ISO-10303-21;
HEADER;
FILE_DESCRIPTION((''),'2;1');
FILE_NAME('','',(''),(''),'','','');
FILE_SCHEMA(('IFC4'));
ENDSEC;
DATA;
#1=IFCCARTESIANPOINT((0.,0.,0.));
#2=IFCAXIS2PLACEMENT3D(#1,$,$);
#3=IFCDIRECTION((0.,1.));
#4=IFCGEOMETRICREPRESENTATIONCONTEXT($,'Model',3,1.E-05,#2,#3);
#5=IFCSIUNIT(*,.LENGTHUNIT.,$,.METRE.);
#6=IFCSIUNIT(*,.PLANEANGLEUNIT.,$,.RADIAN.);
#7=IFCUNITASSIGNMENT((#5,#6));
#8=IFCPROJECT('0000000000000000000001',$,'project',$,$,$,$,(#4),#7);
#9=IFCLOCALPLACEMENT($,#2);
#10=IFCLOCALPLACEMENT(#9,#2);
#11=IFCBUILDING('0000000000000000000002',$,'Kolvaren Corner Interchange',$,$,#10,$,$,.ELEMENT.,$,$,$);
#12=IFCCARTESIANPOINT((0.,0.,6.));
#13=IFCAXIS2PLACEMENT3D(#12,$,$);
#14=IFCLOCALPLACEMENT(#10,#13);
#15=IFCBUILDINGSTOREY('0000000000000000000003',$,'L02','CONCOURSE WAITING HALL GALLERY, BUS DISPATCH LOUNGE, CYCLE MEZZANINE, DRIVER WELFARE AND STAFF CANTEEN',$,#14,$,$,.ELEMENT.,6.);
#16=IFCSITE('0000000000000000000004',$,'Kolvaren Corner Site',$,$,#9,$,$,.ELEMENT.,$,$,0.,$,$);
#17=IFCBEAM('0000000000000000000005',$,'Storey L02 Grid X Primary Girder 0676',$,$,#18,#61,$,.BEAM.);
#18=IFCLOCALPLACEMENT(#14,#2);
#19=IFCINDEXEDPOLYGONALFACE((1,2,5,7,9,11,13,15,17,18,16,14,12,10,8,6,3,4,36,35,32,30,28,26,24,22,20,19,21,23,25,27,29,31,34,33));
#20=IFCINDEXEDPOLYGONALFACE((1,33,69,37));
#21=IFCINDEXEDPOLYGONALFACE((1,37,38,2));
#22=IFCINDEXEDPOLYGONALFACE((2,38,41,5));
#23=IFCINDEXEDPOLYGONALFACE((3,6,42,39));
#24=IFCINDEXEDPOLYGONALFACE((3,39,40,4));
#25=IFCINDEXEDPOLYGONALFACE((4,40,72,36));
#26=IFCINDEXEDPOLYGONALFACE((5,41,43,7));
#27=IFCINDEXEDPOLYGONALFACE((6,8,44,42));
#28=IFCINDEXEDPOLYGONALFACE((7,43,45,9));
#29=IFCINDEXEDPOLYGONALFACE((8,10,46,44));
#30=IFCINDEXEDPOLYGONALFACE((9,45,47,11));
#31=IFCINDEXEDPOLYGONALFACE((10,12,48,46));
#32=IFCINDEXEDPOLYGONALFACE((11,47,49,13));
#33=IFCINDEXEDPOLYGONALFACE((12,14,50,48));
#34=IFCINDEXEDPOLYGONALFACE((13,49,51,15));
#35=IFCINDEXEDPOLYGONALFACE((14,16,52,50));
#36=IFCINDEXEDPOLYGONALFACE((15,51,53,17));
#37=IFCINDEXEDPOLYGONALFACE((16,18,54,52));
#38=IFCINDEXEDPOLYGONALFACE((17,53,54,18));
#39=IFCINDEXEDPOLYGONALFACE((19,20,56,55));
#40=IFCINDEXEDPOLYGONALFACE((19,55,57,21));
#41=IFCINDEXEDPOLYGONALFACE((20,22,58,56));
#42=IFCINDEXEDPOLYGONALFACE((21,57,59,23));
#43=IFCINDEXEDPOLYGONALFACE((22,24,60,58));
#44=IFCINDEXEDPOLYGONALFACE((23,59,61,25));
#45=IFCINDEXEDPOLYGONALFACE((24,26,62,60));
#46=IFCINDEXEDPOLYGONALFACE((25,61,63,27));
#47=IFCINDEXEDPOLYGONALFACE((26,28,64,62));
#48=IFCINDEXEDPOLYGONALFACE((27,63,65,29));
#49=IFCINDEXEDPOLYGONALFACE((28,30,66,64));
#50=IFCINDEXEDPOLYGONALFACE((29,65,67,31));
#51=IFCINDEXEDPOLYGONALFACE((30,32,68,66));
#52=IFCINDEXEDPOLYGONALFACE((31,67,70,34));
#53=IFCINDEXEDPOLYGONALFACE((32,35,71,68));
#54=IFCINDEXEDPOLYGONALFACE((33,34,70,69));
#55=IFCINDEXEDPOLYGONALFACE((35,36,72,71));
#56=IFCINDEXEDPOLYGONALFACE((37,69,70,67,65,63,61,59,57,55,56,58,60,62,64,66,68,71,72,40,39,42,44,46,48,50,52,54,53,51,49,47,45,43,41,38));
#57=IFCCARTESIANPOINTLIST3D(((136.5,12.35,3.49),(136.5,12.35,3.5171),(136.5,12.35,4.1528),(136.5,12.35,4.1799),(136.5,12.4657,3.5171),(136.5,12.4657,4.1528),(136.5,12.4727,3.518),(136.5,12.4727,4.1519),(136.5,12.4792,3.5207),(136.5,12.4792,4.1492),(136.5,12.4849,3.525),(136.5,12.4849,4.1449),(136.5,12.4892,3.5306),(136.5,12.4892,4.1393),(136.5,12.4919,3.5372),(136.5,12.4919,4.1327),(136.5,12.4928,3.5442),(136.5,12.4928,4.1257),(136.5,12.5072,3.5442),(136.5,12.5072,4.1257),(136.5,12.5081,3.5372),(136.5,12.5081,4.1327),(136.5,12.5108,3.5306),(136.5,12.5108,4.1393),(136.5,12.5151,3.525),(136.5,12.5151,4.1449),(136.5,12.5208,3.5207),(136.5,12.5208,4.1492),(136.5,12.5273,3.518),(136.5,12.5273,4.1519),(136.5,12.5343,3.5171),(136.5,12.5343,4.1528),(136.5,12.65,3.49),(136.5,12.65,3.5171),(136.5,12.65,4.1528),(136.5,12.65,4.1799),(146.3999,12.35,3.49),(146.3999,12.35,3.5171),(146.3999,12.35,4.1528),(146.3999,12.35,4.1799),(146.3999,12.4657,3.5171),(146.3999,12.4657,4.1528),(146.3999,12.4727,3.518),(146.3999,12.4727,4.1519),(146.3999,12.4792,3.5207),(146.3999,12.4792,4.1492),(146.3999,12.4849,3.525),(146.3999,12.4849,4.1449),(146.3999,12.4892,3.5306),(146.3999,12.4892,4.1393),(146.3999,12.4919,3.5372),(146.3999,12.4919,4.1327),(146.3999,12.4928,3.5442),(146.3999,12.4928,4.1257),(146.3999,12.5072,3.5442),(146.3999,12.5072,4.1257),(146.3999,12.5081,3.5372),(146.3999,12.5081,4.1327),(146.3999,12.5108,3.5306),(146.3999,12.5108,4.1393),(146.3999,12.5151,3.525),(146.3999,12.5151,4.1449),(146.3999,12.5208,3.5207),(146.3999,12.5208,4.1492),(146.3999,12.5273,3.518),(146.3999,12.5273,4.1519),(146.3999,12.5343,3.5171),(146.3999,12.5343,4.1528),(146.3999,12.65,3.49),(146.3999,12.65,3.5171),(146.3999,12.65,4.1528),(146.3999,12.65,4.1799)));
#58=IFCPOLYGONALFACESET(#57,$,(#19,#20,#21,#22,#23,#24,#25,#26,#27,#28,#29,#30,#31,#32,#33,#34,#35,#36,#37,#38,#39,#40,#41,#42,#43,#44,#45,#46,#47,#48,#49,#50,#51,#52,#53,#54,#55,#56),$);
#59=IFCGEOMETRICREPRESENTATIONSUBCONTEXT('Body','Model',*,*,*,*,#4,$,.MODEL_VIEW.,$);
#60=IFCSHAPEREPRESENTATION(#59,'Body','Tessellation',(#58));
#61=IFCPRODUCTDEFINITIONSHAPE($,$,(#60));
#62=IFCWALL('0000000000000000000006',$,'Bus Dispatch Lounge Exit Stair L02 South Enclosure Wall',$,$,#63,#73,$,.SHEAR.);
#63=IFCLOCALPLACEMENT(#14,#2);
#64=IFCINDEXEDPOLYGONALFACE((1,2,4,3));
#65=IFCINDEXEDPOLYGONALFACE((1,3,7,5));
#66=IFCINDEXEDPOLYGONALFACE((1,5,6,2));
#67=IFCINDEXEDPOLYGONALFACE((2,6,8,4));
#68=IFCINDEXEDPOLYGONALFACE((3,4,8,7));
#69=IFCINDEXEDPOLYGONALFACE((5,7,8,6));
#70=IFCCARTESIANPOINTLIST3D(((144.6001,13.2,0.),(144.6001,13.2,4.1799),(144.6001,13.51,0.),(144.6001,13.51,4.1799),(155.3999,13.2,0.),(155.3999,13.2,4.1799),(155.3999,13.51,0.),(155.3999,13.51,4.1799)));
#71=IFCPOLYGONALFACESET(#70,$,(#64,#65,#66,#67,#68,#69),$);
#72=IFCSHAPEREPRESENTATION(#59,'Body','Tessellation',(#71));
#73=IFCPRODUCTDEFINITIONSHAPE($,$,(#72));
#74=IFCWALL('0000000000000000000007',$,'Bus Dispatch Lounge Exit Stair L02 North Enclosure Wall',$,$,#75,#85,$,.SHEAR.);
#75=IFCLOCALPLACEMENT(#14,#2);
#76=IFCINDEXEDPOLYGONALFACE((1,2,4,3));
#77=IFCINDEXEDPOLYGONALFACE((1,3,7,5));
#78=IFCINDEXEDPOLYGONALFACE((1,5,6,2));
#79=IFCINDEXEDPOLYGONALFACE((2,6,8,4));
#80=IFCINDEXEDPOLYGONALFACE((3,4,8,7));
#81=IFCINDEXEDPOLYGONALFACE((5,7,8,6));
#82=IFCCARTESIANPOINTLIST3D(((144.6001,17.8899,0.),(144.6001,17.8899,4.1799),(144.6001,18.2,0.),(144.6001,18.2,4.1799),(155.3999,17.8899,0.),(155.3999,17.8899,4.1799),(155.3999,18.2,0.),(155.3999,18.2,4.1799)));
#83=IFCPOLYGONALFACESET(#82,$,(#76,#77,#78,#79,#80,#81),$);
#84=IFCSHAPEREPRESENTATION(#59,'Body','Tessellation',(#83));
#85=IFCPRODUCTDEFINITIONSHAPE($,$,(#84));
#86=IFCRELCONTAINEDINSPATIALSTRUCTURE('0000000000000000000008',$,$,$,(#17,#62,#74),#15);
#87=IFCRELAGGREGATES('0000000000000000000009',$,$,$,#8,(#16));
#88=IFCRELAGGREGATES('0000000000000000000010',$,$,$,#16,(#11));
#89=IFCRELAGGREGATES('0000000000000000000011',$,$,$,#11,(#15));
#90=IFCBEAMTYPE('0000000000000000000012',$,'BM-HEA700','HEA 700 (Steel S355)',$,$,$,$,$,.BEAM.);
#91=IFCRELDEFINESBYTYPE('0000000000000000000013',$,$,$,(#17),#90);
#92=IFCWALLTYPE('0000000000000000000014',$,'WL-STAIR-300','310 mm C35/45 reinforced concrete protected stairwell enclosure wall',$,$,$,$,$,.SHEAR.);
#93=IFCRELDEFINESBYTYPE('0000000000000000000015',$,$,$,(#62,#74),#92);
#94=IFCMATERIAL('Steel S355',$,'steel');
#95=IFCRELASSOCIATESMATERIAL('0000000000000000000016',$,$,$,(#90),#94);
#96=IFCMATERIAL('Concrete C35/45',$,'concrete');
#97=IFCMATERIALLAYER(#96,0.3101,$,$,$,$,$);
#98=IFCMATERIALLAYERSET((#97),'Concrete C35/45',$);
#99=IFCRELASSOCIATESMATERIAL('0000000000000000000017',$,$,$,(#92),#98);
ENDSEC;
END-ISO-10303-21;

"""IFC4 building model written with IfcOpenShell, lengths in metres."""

from ifc_helpers import new_model, si_unit, direction, frame, frame_2d, origin, origin_2d, place, context, subcontext, project, spatial, rectangle, i_section, extrude, material, layer, layer_set, material_profile, profile_set, type_object, element, save


model = new_model("IFC4")

# Units and contexts
model_context = context("Model", 3, precision=1e-05, world=origin(), true_north=direction((0.0, 1.0)))
body_context = subcontext(model_context, "Body", "Model", "MODEL_VIEW")
ifc_project = project(units=[si_unit("LENGTHUNIT", "METRE"), si_unit("PLANEANGLEUNIT", "RADIAN")], contexts=[model_context])

# Site, building, storey
site_placement = place(None, origin())
site = spatial("IfcSite", under=ifc_project, at=site_placement, Name="Kolvaren Corner Site", CompositionType="ELEMENT", RefElevation=0.0)
building_placement = place(site_placement, origin())
building = spatial("IfcBuilding", under=site, at=building_placement, Name="Kolvaren Corner Interchange", CompositionType="ELEMENT")
storey_placement = place(building_placement, frame((0.0, 0.0, 6.0)))
storey = spatial("IfcBuildingStorey", under=building, at=storey_placement, Name="L02", Description="CONCOURSE WAITING HALL GALLERY, BUS DISPATCH LOUNGE, CYCLE MEZZANINE, DRIVER WELFARE AND STAFF CANTEEN", CompositionType="ELEMENT", Elevation=6.0)

# Beam
ifc_material_1 = material(Name="Steel S355", Category="steel")
ifc_material_profile_1 = material_profile(ifc_material_1, i_section(OverallWidth=0.3, OverallDepth=0.6899, WebThickness=0.0144, FlangeThickness=0.0271, FilletRadius=0.0271, at=origin_2d()), Name="HEA 700")
ifc_profile_set_1 = profile_set([ifc_material_profile_1], Name="Steel S355")
beam_type_1 = type_object("IfcBeamType", Name="BM-HEA700", Description="HEA 700 (Steel S355)", PredefinedType="BEAM", material=ifc_profile_set_1)
beam_1_placement = place(storey_placement, frame((136.5, 12.5, 3.835), z_axis=(1.0, 0.0, 0.0), x_axis=(0.0, 1.0, 0.0)))
element("IfcBeam", 1, at=beam_1_placement, inside=storey, type_object=beam_type_1, Name="Storey L02 Grid X Primary Girder 0676", PredefinedType="BEAM", context=body_context, shape_type="SweptSolid", body=[
    extrude(i_section(OverallWidth=0.3, OverallDepth=0.6899, WebThickness=0.0144, FlangeThickness=0.0271, FilletRadius=0.0271, at=origin_2d()), origin(), (0.0, 0.0, 1.0), 9.8999),
])

# Walls
ifc_material_2 = material(Name="Concrete C35/45", Category="concrete")
ifc_layer_1 = layer(ifc_material_2, 0.3101)
ifc_layer_set_1 = layer_set([ifc_layer_1], Name="Concrete C35/45")
wall_type_1 = type_object("IfcWallType", Name="WL-STAIR-300", Description="310 mm C35/45 reinforced concrete protected stairwell enclosure wall", PredefinedType="SHEAR", material=ifc_layer_set_1)
for number, where, z_axis, x_axis, name in (
    (2, (144.6001, 13.355, 0.0), (0.0, 0.0, 1.0), (1.0, 0.0, 0.0), "Bus Dispatch Lounge Exit Stair L02 South Enclosure Wall"),
    (3, (144.6001, 18.0449, 0.0), (0.0, 0.0, 1.0), (1.0, 0.0, 0.0), "Bus Dispatch Lounge Exit Stair L02 North Enclosure Wall"),
):
    element("IfcWall", number, at=place(storey_placement, frame(where, z_axis=z_axis, x_axis=x_axis)), inside=storey, type_object=wall_type_1, Name=name, PredefinedType="SHEAR", context=body_context, shape_type="SweptSolid", body=[
        extrude(rectangle(XDim=10.7998, YDim=0.3101, at=frame_2d((5.3999, 0.0))), origin(), (0.0, 0.0, 1.0), 4.1799),
    ])

save(model, "model.ifc")
